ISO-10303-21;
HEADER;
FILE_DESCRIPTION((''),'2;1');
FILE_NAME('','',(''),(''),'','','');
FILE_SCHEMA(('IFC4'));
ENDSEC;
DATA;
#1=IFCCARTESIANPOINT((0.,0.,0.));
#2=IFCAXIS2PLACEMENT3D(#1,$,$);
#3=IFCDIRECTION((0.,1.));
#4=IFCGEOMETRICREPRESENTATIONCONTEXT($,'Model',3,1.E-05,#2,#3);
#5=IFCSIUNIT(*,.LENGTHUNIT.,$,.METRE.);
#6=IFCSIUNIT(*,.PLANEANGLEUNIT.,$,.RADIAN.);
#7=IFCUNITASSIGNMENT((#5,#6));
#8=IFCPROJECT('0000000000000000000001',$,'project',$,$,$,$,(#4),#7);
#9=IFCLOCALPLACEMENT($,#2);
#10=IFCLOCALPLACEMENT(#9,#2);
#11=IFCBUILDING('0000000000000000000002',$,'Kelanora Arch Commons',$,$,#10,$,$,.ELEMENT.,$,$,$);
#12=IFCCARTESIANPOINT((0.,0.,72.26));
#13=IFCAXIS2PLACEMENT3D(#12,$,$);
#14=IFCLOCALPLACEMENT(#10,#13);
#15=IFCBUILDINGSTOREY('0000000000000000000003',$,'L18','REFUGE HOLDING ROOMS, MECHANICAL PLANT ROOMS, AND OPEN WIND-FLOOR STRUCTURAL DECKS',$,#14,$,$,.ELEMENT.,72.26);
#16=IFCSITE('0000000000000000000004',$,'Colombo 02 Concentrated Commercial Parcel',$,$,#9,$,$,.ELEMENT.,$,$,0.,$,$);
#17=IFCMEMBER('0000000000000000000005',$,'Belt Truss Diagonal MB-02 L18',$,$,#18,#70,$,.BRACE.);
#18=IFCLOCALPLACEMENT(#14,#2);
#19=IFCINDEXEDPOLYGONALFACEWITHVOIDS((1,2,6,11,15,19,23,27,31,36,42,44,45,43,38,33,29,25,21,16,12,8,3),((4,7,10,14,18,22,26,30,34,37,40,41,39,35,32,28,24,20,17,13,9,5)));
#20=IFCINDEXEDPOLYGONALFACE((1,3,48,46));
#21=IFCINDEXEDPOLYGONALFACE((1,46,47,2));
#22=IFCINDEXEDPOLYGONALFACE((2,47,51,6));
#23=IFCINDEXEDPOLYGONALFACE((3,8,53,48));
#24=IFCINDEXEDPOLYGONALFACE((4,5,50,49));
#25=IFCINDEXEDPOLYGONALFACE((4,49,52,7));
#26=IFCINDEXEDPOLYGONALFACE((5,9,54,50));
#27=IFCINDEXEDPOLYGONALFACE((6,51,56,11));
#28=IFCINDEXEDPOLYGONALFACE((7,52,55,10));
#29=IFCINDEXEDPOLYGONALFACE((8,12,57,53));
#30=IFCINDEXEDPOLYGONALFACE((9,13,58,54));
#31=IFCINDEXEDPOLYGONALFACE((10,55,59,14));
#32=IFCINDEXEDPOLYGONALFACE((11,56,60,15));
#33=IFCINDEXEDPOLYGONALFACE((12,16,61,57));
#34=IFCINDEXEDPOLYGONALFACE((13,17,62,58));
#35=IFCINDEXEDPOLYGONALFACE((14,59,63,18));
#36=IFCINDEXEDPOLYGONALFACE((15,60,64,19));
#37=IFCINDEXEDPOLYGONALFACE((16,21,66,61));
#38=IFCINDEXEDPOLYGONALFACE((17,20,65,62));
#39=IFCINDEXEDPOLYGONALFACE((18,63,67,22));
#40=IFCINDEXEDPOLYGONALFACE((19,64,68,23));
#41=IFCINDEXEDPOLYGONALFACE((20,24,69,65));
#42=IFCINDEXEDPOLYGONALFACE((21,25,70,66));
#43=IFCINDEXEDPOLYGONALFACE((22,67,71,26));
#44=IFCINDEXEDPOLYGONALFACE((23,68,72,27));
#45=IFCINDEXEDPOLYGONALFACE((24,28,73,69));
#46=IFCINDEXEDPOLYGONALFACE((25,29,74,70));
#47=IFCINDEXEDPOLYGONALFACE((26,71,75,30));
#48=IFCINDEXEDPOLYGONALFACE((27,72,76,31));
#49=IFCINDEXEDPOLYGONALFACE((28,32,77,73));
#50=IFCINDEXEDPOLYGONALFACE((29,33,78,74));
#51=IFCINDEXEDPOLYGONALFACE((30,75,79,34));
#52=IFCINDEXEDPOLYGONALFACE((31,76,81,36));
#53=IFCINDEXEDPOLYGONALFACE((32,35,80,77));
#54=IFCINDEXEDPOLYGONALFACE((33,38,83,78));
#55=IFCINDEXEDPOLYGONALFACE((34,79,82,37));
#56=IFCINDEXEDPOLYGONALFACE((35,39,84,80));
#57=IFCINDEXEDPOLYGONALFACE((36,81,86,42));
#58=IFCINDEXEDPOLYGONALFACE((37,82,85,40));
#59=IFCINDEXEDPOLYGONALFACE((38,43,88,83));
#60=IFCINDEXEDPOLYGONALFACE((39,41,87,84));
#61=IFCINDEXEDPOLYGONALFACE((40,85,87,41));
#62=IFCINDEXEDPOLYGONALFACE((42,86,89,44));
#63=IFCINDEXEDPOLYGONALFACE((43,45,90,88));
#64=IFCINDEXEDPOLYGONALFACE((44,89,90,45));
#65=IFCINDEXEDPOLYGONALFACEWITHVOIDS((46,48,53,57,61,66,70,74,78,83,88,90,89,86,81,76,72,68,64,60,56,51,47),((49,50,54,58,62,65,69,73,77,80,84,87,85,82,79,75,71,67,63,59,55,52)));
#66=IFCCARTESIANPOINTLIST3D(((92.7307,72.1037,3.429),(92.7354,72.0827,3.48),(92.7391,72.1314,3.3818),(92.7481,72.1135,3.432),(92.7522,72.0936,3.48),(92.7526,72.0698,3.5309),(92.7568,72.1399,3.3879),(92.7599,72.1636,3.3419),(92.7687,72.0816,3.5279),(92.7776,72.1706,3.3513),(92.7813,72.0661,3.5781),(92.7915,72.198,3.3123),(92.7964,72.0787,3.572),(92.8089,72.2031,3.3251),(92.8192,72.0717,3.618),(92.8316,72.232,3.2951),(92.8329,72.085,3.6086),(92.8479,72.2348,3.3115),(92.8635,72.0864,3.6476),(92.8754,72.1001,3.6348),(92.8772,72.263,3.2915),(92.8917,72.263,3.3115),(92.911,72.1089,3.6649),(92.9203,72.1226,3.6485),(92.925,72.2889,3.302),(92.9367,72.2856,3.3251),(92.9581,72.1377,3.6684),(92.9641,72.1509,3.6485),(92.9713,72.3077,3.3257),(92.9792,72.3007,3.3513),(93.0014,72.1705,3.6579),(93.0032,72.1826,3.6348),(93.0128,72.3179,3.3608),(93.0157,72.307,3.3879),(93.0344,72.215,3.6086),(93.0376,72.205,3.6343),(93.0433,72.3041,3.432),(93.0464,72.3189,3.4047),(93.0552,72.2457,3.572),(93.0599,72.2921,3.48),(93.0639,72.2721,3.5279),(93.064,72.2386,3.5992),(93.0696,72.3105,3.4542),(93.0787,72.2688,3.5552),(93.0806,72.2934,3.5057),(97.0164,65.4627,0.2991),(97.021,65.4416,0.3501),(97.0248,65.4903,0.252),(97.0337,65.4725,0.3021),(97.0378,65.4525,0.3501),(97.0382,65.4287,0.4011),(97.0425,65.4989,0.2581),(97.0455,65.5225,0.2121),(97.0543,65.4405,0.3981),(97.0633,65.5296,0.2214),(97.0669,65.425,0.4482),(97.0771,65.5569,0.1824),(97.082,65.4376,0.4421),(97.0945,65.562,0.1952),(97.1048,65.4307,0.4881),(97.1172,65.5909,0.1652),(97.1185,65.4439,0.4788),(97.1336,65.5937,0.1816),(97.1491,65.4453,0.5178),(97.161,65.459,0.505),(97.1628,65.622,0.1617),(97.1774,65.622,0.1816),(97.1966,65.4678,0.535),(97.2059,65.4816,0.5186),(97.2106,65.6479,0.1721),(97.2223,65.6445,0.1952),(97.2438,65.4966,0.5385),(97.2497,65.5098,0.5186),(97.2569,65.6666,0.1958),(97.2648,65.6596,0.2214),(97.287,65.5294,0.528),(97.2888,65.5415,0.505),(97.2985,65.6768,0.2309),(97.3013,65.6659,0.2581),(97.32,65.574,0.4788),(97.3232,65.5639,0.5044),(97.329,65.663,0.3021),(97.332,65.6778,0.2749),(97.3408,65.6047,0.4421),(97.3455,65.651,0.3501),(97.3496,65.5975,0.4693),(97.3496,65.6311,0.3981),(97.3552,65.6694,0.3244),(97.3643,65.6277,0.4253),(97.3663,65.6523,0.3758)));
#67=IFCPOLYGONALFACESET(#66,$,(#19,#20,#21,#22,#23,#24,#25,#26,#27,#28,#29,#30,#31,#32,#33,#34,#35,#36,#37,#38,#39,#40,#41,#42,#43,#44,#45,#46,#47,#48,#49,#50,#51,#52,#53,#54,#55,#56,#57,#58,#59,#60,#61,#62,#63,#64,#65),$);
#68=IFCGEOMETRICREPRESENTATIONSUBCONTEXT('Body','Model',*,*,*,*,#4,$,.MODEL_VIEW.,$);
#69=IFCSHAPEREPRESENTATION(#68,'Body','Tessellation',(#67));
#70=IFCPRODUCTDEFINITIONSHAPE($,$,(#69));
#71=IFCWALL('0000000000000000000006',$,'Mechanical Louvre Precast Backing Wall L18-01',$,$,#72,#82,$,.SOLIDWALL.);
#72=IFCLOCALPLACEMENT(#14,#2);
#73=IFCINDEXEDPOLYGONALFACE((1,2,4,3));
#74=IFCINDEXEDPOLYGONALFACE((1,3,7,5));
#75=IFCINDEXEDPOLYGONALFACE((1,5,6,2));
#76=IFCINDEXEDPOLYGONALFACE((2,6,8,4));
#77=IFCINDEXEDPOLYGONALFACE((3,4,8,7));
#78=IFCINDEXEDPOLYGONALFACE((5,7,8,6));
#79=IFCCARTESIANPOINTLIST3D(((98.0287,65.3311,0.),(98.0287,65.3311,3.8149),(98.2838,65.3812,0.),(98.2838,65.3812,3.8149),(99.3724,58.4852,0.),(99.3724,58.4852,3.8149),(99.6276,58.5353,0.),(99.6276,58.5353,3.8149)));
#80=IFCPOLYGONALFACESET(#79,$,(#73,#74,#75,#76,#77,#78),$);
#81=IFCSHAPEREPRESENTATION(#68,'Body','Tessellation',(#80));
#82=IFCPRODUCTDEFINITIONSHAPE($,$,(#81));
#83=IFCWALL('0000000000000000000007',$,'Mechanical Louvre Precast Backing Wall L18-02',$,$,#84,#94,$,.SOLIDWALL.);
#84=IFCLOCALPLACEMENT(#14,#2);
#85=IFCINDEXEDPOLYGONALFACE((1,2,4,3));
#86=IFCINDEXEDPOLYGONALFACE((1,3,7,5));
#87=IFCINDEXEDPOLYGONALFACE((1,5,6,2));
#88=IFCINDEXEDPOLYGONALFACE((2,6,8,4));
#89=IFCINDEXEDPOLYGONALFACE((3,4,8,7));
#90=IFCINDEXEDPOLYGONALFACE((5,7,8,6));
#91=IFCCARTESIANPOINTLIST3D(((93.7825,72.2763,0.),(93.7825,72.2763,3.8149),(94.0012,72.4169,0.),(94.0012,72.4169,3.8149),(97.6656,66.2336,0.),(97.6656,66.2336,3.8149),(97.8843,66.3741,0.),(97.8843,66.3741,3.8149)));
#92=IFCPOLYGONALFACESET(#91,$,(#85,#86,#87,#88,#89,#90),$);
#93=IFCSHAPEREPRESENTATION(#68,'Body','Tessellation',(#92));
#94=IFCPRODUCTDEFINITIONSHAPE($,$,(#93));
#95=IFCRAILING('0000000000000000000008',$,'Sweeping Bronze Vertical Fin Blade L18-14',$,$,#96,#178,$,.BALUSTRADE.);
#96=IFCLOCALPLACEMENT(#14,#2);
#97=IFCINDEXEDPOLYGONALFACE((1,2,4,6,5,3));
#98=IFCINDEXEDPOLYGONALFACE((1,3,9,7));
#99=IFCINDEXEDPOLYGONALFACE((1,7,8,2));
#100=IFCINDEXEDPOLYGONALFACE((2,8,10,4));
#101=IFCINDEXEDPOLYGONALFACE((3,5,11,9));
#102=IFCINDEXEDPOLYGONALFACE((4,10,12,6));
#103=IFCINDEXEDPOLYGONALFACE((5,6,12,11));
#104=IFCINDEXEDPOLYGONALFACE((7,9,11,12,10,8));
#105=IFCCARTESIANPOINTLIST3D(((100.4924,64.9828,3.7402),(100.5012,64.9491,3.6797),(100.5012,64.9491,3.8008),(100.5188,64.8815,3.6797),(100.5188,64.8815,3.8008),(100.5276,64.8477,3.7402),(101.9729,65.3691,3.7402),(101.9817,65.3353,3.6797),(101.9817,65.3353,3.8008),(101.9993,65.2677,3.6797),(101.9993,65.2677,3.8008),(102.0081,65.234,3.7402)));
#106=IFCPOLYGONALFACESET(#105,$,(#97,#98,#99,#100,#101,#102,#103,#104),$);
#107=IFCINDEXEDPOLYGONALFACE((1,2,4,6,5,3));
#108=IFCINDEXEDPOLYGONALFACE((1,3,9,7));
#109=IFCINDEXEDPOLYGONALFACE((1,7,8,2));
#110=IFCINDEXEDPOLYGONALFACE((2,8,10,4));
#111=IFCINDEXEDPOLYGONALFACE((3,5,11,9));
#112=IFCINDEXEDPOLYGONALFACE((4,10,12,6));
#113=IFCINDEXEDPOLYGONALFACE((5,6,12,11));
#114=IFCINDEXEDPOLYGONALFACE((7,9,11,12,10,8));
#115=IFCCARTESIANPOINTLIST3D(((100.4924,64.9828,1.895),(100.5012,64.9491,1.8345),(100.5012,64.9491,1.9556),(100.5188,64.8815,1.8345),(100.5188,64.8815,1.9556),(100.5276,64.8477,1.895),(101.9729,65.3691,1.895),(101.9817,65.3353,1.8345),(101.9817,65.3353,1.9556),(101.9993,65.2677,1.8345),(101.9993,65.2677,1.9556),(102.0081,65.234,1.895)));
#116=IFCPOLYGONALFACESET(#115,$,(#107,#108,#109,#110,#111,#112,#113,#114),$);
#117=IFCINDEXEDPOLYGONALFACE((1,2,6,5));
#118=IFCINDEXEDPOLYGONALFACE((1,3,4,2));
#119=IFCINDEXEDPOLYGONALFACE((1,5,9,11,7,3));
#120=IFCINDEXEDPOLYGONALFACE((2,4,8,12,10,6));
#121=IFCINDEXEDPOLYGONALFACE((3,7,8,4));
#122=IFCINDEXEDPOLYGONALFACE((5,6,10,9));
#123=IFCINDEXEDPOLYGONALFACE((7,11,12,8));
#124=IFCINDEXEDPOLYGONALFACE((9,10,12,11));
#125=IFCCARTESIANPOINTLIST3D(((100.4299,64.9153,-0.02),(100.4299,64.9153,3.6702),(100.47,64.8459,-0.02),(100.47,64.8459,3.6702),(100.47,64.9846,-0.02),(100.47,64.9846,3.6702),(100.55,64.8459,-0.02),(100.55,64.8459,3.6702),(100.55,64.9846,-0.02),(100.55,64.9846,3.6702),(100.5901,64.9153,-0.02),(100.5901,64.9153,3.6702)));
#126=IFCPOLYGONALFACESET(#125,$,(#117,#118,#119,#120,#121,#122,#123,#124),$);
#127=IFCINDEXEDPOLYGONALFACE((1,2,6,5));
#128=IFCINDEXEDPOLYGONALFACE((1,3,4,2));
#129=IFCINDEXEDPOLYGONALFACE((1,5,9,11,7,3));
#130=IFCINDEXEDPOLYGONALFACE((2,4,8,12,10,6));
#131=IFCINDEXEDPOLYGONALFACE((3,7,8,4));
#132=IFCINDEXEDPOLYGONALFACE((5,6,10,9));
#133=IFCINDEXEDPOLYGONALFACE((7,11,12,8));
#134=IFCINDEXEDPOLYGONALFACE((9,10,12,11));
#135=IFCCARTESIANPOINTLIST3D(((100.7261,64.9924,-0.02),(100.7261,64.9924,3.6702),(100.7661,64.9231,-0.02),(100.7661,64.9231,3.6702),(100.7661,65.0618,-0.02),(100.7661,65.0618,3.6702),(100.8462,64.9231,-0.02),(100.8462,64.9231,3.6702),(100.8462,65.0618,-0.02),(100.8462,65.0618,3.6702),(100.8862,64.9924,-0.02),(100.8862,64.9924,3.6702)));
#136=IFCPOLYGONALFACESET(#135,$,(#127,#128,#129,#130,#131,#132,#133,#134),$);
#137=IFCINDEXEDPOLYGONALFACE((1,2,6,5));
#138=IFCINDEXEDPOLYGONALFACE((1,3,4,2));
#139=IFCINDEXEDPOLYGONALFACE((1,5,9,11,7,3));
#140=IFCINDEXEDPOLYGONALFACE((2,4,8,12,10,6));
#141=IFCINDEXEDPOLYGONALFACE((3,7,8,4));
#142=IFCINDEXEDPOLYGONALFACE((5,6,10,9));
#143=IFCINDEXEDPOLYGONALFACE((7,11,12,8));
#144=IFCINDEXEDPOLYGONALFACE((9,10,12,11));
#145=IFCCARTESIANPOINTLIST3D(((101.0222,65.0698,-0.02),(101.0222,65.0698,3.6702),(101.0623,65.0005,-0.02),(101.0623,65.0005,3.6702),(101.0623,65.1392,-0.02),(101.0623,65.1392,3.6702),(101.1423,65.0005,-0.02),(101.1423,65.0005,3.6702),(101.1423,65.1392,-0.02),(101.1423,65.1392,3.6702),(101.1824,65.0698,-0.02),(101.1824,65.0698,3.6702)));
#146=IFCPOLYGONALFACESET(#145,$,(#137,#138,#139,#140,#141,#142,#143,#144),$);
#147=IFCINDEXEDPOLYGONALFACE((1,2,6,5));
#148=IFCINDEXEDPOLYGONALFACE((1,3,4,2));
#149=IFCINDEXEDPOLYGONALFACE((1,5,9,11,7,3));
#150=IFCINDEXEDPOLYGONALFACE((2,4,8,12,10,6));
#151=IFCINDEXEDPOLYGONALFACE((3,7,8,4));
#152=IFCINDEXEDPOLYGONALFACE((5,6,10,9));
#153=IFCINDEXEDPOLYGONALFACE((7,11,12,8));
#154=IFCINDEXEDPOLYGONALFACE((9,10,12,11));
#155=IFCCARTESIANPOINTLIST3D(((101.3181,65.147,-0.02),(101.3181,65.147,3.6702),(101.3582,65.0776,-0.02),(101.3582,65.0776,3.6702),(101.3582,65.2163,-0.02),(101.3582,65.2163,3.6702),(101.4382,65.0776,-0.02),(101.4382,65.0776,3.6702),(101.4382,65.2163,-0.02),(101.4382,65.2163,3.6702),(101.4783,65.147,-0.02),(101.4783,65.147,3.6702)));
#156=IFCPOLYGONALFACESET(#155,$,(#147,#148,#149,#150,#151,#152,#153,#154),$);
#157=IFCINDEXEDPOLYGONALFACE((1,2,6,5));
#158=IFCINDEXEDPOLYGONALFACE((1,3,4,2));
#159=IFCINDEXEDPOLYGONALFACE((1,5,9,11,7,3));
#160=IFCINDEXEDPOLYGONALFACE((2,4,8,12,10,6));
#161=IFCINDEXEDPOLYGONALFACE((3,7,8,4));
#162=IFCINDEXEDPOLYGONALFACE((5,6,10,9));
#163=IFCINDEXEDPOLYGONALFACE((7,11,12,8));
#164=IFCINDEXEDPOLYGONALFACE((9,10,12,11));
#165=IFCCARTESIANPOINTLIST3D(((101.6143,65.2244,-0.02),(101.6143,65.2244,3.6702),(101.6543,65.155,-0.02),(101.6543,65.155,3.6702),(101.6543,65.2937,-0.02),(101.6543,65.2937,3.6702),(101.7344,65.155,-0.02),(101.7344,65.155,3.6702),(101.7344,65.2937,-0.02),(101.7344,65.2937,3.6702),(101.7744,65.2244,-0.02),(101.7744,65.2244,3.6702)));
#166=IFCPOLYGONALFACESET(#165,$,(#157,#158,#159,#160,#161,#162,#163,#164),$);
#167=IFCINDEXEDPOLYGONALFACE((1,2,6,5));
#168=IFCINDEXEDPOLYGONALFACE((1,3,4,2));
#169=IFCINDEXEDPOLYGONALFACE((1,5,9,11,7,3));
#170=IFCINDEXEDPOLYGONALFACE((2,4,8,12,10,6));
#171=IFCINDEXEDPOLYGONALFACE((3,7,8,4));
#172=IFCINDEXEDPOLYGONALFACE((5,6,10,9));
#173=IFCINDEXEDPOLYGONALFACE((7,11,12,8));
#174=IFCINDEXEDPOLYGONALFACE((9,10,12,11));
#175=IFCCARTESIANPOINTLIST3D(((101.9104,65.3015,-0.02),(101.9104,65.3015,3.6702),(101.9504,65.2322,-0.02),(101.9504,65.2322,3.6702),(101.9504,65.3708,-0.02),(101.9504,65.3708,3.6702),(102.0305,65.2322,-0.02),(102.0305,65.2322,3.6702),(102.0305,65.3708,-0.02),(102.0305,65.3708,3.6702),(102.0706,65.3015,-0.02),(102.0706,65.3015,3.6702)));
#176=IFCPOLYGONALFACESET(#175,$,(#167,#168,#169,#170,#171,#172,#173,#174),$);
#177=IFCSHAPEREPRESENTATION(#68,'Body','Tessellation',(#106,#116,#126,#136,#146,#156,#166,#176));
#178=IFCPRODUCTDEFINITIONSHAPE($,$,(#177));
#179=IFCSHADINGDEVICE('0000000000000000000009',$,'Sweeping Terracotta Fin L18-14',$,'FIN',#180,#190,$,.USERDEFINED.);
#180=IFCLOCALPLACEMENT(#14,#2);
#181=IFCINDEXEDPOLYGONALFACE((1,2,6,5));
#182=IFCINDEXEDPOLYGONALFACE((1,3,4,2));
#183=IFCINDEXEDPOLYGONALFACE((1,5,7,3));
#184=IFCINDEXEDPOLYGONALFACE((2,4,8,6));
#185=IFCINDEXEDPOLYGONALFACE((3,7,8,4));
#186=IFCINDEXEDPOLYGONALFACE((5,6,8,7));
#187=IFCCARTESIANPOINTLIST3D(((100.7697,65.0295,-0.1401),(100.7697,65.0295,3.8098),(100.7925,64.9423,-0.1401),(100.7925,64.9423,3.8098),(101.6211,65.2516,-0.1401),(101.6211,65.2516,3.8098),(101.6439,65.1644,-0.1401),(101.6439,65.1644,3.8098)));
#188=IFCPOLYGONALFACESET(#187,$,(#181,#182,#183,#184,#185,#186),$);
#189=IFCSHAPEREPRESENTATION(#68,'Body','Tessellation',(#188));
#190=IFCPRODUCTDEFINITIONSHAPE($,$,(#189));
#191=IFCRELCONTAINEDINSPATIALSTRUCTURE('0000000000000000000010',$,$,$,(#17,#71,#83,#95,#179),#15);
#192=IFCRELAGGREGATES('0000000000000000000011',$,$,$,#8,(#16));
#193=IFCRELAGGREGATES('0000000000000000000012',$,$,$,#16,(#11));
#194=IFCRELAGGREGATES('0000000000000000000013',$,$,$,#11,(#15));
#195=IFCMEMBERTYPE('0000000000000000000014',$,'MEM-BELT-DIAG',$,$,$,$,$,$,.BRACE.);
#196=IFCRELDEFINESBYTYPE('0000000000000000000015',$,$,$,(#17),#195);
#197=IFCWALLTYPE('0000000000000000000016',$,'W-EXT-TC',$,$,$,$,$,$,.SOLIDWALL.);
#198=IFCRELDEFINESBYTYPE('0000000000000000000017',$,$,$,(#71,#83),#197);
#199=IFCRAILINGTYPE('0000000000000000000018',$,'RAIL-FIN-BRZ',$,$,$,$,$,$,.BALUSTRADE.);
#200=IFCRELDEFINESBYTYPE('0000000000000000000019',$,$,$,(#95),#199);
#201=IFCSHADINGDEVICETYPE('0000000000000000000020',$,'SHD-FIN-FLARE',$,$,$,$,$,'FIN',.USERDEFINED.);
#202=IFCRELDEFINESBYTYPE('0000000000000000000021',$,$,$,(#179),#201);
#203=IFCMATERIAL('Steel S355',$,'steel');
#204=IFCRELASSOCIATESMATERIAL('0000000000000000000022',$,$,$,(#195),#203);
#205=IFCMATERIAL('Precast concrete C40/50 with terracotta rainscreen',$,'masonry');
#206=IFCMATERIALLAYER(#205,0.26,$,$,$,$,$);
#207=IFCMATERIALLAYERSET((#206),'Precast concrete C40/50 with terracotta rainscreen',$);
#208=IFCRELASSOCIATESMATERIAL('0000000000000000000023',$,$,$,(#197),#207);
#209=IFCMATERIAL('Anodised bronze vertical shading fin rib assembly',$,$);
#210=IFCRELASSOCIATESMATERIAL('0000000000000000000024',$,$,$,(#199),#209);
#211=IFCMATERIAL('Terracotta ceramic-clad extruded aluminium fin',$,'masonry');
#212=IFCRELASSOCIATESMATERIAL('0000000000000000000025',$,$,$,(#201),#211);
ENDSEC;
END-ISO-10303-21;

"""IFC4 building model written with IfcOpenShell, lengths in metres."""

from ifc_helpers import new_model, si_unit, direction, frame, frame_2d, origin, origin_2d, place, context, subcontext, project, spatial, polyline, rectangle, hollow_circle, outline, extrude, source, transform, mapped, material, layer, layer_set, material_profile, profile_set, type_object, element, save


model = new_model("IFC4")

# Units and contexts
model_context = context("Model", 3, precision=1e-05, world=origin(), true_north=direction((0.0, 1.0)))
body_context = subcontext(model_context, "Body", "Model", "MODEL_VIEW")
ifc_project = project(units=[si_unit("LENGTHUNIT", "METRE"), si_unit("PLANEANGLEUNIT", "RADIAN")], contexts=[model_context])

# Site, building, storey
site_placement = place(None, origin())
site = spatial("IfcSite", under=ifc_project, at=site_placement, Name="Colombo 02 Concentrated Commercial Parcel", CompositionType="ELEMENT", RefElevation=0.0)
building_placement = place(site_placement, origin())
building = spatial("IfcBuilding", under=site, at=building_placement, Name="Kelanora Arch Commons", CompositionType="ELEMENT")
storey_placement = place(building_placement, frame((0.0, 0.0, 72.26)))
storey = spatial("IfcBuildingStorey", under=building, at=storey_placement, Name="L18", Description="REFUGE HOLDING ROOMS, MECHANICAL PLANT ROOMS, AND OPEN WIND-FLOOR STRUCTURAL DECKS", CompositionType="ELEMENT", Elevation=72.26)

# Shared definitions
ifc_material_1 = material(Name="Steel S355", Category="steel")

# Member
ifc_material_profile_1 = material_profile(ifc_material_1, hollow_circle(Radius=0.2031, WallThickness=0.02, at=origin_2d()), Name="CHS406.4x20")
ifc_profile_set_1 = profile_set([ifc_material_profile_1], Name="Steel S355")
member_type = type_object("IfcMemberType", Name="MEM-BELT-DIAG", PredefinedType="BRACE", material=ifc_profile_set_1)
member_1_placement = place(storey_placement, frame((97.1917, 65.5518, 0.3501), z_axis=(-0.504133, 0.781214, 0.368177), x_axis=(-0.840236, -0.542221, 0.0)))
element("IfcMember", 1, at=member_1_placement, inside=storey, type_object=member_type, Name="Belt Truss Diagonal MB-02 L18", PredefinedType="BRACE", context=body_context, shape_type="SweptSolid", body=[
    extrude(hollow_circle(Radius=0.2031, WallThickness=0.02, at=origin_2d()), origin(), (0.0, 0.0, 1.0), 8.501),
])

# Walls
ifc_material_2 = material(Name="Precast concrete C40/50 with terracotta rainscreen", Category="masonry")
ifc_layer = layer(ifc_material_2, 0.26)
ifc_layer_set = layer_set([ifc_layer], Name="Precast concrete C40/50 with terracotta rainscreen")
wall_type = type_object("IfcWallType", Name="W-EXT-TC", PredefinedType="SOLIDWALL", material=ifc_layer_set)
wall_1_placement = place(storey_placement, frame((99.5, 58.5103, 0.0), z_axis=(0.0, 0.0, 1.0), x_axis=(-0.192609, 0.981276, 0.0)))
element("IfcWall", 2, at=wall_1_placement, inside=storey, type_object=wall_type, Name="Mechanical Louvre Precast Backing Wall L18-01", PredefinedType="SOLIDWALL", context=body_context, shape_type="SweptSolid", body=[
    extrude(rectangle(XDim=6.9766, YDim=0.26, at=frame_2d((3.4883, 0.0))), origin(), (0.0, 0.0, 1.0), 3.8149),
])
wall_2_placement = place(storey_placement, frame((97.7749, 66.304, 0.0), z_axis=(0.0, 0.0, 1.0), x_axis=(-0.540605, 0.841277, 0.0)))
element("IfcWall", 3, at=wall_2_placement, inside=storey, type_object=wall_type, Name="Mechanical Louvre Precast Backing Wall L18-02", PredefinedType="SOLIDWALL", context=body_context, shape_type="SweptSolid", body=[
    extrude(rectangle(XDim=7.1829, YDim=0.26, at=frame_2d((3.5913, 0.0))), origin(), (0.0, 0.0, 1.0), 3.8149),
])

# Railing
ifc_material_3 = material(Name="Anodised bronze vertical shading fin rib assembly")
railing_type_1 = type_object("IfcRailingType", Name="RAIL-FIN-BRZ", PredefinedType="BALUSTRADE", material=ifc_material_3)
railing_1_placement = place(storey_placement, frame((100.51, 64.9153, -0.02)))
element("IfcRailing", 4, at=railing_1_placement, inside=storey, type_object=railing_type_1, Name="Sweeping Bronze Vertical Fin Blade L18-14", PredefinedType="BALUSTRADE", context=body_context, shape_type="SweptSolid", body=[
    extrude(outline(polyline([(0.0698, 0.0), (0.0349, 0.0605), (-0.0349, 0.0605), (-0.0698, 0.0), (-0.0349, -0.0605), (0.0349, -0.0605), (0.0698, 0.0)])), frame((0.0, 0.0, 3.7603), z_axis=(0.967614, 0.252435, 0.0), x_axis=(-0.252435, 0.967614, 0.0)), (0.0, 0.0, 1.0), 1.53),
    extrude(outline(polyline([(0.0698, 0.0), (0.0349, 0.0605), (-0.0349, 0.0605), (-0.0698, 0.0), (-0.0349, -0.0605), (0.0349, -0.0605), (0.0698, 0.0)])), frame((0.0, 0.0, 1.915), z_axis=(0.967614, 0.252435, 0.0), x_axis=(-0.252435, 0.967614, 0.0)), (0.0, 0.0, 1.0), 1.53),
    extrude(outline(polyline([(0.0801, 0.0), (0.04, 0.0693), (-0.04, 0.0693), (-0.0801, 0.0), (-0.04, -0.0693), (0.04, -0.0693), (0.0801, 0.0)])), origin(), (0.0, 0.0, 1.0), 3.6902),
    extrude(outline(polyline([(0.0801, 0.0), (0.04, 0.0693), (-0.04, 0.0693), (-0.0801, 0.0), (-0.04, -0.0693), (0.04, -0.0693), (0.0801, 0.0)])), frame((0.2961, 0.0771, 0.0)), (0.0, 0.0, 1.0), 3.6902),
    extrude(outline(polyline([(0.0801, 0.0), (0.04, 0.0693), (-0.04, 0.0693), (-0.0801, 0.0), (-0.04, -0.0693), (0.04, -0.0693), (0.0801, 0.0)])), frame((0.5923, 0.1545, 0.0)), (0.0, 0.0, 1.0), 3.6902),
    extrude(outline(polyline([(0.0801, 0.0), (0.04, 0.0693), (-0.04, 0.0693), (-0.0801, 0.0), (-0.04, -0.0693), (0.04, -0.0693), (0.0801, 0.0)])), frame((0.8882, 0.2317, 0.0)), (0.0, 0.0, 1.0), 3.6902),
    extrude(outline(polyline([(0.0801, 0.0), (0.04, 0.0693), (-0.04, 0.0693), (-0.0801, 0.0), (-0.04, -0.0693), (0.04, -0.0693), (0.0801, 0.0)])), frame((1.1843, 0.3091, 0.0)), (0.0, 0.0, 1.0), 3.6902),
    extrude(outline(polyline([(0.0801, 0.0), (0.04, 0.0693), (-0.04, 0.0693), (-0.0801, 0.0), (-0.04, -0.0693), (0.04, -0.0693), (0.0801, 0.0)])), frame((1.4805, 0.3862, 0.0)), (0.0, 0.0, 1.0), 3.6902),
])

# Shading device
ifc_material_4 = material(Name="Terracotta ceramic-clad extruded aluminium fin", Category="masonry")
shading_device_type = type_object("IfcShadingDeviceType", Name="SHD-FIN-FLARE", ElementType="FIN", PredefinedType="USERDEFINED", material=ifc_material_4)
shared_shape_1 = source(origin(), body_context, "Body", "SweptSolid", [
    extrude(rectangle(XDim=0.8799, YDim=0.0901, at=origin_2d()), origin(), (0.0, 0.0, 1.0), 3.95),
])
shading_device_placement = place(storey_placement, frame((101.2068, 65.0969, -0.1401), z_axis=(0.0, 0.0, 1.0), x_axis=(0.967621, 0.252407, 0.0)))
element("IfcShadingDevice", 5, at=shading_device_placement, inside=storey, type_object=shading_device_type, Name="Sweeping Terracotta Fin L18-14", ObjectType="FIN", PredefinedType="USERDEFINED", context=body_context, shape_type="MappedRepresentation", body=[
    mapped(shared_shape_1, transform((0.0, 0.0, 0.0), scale=1.0)),
])

save(model, "model.ifc")
